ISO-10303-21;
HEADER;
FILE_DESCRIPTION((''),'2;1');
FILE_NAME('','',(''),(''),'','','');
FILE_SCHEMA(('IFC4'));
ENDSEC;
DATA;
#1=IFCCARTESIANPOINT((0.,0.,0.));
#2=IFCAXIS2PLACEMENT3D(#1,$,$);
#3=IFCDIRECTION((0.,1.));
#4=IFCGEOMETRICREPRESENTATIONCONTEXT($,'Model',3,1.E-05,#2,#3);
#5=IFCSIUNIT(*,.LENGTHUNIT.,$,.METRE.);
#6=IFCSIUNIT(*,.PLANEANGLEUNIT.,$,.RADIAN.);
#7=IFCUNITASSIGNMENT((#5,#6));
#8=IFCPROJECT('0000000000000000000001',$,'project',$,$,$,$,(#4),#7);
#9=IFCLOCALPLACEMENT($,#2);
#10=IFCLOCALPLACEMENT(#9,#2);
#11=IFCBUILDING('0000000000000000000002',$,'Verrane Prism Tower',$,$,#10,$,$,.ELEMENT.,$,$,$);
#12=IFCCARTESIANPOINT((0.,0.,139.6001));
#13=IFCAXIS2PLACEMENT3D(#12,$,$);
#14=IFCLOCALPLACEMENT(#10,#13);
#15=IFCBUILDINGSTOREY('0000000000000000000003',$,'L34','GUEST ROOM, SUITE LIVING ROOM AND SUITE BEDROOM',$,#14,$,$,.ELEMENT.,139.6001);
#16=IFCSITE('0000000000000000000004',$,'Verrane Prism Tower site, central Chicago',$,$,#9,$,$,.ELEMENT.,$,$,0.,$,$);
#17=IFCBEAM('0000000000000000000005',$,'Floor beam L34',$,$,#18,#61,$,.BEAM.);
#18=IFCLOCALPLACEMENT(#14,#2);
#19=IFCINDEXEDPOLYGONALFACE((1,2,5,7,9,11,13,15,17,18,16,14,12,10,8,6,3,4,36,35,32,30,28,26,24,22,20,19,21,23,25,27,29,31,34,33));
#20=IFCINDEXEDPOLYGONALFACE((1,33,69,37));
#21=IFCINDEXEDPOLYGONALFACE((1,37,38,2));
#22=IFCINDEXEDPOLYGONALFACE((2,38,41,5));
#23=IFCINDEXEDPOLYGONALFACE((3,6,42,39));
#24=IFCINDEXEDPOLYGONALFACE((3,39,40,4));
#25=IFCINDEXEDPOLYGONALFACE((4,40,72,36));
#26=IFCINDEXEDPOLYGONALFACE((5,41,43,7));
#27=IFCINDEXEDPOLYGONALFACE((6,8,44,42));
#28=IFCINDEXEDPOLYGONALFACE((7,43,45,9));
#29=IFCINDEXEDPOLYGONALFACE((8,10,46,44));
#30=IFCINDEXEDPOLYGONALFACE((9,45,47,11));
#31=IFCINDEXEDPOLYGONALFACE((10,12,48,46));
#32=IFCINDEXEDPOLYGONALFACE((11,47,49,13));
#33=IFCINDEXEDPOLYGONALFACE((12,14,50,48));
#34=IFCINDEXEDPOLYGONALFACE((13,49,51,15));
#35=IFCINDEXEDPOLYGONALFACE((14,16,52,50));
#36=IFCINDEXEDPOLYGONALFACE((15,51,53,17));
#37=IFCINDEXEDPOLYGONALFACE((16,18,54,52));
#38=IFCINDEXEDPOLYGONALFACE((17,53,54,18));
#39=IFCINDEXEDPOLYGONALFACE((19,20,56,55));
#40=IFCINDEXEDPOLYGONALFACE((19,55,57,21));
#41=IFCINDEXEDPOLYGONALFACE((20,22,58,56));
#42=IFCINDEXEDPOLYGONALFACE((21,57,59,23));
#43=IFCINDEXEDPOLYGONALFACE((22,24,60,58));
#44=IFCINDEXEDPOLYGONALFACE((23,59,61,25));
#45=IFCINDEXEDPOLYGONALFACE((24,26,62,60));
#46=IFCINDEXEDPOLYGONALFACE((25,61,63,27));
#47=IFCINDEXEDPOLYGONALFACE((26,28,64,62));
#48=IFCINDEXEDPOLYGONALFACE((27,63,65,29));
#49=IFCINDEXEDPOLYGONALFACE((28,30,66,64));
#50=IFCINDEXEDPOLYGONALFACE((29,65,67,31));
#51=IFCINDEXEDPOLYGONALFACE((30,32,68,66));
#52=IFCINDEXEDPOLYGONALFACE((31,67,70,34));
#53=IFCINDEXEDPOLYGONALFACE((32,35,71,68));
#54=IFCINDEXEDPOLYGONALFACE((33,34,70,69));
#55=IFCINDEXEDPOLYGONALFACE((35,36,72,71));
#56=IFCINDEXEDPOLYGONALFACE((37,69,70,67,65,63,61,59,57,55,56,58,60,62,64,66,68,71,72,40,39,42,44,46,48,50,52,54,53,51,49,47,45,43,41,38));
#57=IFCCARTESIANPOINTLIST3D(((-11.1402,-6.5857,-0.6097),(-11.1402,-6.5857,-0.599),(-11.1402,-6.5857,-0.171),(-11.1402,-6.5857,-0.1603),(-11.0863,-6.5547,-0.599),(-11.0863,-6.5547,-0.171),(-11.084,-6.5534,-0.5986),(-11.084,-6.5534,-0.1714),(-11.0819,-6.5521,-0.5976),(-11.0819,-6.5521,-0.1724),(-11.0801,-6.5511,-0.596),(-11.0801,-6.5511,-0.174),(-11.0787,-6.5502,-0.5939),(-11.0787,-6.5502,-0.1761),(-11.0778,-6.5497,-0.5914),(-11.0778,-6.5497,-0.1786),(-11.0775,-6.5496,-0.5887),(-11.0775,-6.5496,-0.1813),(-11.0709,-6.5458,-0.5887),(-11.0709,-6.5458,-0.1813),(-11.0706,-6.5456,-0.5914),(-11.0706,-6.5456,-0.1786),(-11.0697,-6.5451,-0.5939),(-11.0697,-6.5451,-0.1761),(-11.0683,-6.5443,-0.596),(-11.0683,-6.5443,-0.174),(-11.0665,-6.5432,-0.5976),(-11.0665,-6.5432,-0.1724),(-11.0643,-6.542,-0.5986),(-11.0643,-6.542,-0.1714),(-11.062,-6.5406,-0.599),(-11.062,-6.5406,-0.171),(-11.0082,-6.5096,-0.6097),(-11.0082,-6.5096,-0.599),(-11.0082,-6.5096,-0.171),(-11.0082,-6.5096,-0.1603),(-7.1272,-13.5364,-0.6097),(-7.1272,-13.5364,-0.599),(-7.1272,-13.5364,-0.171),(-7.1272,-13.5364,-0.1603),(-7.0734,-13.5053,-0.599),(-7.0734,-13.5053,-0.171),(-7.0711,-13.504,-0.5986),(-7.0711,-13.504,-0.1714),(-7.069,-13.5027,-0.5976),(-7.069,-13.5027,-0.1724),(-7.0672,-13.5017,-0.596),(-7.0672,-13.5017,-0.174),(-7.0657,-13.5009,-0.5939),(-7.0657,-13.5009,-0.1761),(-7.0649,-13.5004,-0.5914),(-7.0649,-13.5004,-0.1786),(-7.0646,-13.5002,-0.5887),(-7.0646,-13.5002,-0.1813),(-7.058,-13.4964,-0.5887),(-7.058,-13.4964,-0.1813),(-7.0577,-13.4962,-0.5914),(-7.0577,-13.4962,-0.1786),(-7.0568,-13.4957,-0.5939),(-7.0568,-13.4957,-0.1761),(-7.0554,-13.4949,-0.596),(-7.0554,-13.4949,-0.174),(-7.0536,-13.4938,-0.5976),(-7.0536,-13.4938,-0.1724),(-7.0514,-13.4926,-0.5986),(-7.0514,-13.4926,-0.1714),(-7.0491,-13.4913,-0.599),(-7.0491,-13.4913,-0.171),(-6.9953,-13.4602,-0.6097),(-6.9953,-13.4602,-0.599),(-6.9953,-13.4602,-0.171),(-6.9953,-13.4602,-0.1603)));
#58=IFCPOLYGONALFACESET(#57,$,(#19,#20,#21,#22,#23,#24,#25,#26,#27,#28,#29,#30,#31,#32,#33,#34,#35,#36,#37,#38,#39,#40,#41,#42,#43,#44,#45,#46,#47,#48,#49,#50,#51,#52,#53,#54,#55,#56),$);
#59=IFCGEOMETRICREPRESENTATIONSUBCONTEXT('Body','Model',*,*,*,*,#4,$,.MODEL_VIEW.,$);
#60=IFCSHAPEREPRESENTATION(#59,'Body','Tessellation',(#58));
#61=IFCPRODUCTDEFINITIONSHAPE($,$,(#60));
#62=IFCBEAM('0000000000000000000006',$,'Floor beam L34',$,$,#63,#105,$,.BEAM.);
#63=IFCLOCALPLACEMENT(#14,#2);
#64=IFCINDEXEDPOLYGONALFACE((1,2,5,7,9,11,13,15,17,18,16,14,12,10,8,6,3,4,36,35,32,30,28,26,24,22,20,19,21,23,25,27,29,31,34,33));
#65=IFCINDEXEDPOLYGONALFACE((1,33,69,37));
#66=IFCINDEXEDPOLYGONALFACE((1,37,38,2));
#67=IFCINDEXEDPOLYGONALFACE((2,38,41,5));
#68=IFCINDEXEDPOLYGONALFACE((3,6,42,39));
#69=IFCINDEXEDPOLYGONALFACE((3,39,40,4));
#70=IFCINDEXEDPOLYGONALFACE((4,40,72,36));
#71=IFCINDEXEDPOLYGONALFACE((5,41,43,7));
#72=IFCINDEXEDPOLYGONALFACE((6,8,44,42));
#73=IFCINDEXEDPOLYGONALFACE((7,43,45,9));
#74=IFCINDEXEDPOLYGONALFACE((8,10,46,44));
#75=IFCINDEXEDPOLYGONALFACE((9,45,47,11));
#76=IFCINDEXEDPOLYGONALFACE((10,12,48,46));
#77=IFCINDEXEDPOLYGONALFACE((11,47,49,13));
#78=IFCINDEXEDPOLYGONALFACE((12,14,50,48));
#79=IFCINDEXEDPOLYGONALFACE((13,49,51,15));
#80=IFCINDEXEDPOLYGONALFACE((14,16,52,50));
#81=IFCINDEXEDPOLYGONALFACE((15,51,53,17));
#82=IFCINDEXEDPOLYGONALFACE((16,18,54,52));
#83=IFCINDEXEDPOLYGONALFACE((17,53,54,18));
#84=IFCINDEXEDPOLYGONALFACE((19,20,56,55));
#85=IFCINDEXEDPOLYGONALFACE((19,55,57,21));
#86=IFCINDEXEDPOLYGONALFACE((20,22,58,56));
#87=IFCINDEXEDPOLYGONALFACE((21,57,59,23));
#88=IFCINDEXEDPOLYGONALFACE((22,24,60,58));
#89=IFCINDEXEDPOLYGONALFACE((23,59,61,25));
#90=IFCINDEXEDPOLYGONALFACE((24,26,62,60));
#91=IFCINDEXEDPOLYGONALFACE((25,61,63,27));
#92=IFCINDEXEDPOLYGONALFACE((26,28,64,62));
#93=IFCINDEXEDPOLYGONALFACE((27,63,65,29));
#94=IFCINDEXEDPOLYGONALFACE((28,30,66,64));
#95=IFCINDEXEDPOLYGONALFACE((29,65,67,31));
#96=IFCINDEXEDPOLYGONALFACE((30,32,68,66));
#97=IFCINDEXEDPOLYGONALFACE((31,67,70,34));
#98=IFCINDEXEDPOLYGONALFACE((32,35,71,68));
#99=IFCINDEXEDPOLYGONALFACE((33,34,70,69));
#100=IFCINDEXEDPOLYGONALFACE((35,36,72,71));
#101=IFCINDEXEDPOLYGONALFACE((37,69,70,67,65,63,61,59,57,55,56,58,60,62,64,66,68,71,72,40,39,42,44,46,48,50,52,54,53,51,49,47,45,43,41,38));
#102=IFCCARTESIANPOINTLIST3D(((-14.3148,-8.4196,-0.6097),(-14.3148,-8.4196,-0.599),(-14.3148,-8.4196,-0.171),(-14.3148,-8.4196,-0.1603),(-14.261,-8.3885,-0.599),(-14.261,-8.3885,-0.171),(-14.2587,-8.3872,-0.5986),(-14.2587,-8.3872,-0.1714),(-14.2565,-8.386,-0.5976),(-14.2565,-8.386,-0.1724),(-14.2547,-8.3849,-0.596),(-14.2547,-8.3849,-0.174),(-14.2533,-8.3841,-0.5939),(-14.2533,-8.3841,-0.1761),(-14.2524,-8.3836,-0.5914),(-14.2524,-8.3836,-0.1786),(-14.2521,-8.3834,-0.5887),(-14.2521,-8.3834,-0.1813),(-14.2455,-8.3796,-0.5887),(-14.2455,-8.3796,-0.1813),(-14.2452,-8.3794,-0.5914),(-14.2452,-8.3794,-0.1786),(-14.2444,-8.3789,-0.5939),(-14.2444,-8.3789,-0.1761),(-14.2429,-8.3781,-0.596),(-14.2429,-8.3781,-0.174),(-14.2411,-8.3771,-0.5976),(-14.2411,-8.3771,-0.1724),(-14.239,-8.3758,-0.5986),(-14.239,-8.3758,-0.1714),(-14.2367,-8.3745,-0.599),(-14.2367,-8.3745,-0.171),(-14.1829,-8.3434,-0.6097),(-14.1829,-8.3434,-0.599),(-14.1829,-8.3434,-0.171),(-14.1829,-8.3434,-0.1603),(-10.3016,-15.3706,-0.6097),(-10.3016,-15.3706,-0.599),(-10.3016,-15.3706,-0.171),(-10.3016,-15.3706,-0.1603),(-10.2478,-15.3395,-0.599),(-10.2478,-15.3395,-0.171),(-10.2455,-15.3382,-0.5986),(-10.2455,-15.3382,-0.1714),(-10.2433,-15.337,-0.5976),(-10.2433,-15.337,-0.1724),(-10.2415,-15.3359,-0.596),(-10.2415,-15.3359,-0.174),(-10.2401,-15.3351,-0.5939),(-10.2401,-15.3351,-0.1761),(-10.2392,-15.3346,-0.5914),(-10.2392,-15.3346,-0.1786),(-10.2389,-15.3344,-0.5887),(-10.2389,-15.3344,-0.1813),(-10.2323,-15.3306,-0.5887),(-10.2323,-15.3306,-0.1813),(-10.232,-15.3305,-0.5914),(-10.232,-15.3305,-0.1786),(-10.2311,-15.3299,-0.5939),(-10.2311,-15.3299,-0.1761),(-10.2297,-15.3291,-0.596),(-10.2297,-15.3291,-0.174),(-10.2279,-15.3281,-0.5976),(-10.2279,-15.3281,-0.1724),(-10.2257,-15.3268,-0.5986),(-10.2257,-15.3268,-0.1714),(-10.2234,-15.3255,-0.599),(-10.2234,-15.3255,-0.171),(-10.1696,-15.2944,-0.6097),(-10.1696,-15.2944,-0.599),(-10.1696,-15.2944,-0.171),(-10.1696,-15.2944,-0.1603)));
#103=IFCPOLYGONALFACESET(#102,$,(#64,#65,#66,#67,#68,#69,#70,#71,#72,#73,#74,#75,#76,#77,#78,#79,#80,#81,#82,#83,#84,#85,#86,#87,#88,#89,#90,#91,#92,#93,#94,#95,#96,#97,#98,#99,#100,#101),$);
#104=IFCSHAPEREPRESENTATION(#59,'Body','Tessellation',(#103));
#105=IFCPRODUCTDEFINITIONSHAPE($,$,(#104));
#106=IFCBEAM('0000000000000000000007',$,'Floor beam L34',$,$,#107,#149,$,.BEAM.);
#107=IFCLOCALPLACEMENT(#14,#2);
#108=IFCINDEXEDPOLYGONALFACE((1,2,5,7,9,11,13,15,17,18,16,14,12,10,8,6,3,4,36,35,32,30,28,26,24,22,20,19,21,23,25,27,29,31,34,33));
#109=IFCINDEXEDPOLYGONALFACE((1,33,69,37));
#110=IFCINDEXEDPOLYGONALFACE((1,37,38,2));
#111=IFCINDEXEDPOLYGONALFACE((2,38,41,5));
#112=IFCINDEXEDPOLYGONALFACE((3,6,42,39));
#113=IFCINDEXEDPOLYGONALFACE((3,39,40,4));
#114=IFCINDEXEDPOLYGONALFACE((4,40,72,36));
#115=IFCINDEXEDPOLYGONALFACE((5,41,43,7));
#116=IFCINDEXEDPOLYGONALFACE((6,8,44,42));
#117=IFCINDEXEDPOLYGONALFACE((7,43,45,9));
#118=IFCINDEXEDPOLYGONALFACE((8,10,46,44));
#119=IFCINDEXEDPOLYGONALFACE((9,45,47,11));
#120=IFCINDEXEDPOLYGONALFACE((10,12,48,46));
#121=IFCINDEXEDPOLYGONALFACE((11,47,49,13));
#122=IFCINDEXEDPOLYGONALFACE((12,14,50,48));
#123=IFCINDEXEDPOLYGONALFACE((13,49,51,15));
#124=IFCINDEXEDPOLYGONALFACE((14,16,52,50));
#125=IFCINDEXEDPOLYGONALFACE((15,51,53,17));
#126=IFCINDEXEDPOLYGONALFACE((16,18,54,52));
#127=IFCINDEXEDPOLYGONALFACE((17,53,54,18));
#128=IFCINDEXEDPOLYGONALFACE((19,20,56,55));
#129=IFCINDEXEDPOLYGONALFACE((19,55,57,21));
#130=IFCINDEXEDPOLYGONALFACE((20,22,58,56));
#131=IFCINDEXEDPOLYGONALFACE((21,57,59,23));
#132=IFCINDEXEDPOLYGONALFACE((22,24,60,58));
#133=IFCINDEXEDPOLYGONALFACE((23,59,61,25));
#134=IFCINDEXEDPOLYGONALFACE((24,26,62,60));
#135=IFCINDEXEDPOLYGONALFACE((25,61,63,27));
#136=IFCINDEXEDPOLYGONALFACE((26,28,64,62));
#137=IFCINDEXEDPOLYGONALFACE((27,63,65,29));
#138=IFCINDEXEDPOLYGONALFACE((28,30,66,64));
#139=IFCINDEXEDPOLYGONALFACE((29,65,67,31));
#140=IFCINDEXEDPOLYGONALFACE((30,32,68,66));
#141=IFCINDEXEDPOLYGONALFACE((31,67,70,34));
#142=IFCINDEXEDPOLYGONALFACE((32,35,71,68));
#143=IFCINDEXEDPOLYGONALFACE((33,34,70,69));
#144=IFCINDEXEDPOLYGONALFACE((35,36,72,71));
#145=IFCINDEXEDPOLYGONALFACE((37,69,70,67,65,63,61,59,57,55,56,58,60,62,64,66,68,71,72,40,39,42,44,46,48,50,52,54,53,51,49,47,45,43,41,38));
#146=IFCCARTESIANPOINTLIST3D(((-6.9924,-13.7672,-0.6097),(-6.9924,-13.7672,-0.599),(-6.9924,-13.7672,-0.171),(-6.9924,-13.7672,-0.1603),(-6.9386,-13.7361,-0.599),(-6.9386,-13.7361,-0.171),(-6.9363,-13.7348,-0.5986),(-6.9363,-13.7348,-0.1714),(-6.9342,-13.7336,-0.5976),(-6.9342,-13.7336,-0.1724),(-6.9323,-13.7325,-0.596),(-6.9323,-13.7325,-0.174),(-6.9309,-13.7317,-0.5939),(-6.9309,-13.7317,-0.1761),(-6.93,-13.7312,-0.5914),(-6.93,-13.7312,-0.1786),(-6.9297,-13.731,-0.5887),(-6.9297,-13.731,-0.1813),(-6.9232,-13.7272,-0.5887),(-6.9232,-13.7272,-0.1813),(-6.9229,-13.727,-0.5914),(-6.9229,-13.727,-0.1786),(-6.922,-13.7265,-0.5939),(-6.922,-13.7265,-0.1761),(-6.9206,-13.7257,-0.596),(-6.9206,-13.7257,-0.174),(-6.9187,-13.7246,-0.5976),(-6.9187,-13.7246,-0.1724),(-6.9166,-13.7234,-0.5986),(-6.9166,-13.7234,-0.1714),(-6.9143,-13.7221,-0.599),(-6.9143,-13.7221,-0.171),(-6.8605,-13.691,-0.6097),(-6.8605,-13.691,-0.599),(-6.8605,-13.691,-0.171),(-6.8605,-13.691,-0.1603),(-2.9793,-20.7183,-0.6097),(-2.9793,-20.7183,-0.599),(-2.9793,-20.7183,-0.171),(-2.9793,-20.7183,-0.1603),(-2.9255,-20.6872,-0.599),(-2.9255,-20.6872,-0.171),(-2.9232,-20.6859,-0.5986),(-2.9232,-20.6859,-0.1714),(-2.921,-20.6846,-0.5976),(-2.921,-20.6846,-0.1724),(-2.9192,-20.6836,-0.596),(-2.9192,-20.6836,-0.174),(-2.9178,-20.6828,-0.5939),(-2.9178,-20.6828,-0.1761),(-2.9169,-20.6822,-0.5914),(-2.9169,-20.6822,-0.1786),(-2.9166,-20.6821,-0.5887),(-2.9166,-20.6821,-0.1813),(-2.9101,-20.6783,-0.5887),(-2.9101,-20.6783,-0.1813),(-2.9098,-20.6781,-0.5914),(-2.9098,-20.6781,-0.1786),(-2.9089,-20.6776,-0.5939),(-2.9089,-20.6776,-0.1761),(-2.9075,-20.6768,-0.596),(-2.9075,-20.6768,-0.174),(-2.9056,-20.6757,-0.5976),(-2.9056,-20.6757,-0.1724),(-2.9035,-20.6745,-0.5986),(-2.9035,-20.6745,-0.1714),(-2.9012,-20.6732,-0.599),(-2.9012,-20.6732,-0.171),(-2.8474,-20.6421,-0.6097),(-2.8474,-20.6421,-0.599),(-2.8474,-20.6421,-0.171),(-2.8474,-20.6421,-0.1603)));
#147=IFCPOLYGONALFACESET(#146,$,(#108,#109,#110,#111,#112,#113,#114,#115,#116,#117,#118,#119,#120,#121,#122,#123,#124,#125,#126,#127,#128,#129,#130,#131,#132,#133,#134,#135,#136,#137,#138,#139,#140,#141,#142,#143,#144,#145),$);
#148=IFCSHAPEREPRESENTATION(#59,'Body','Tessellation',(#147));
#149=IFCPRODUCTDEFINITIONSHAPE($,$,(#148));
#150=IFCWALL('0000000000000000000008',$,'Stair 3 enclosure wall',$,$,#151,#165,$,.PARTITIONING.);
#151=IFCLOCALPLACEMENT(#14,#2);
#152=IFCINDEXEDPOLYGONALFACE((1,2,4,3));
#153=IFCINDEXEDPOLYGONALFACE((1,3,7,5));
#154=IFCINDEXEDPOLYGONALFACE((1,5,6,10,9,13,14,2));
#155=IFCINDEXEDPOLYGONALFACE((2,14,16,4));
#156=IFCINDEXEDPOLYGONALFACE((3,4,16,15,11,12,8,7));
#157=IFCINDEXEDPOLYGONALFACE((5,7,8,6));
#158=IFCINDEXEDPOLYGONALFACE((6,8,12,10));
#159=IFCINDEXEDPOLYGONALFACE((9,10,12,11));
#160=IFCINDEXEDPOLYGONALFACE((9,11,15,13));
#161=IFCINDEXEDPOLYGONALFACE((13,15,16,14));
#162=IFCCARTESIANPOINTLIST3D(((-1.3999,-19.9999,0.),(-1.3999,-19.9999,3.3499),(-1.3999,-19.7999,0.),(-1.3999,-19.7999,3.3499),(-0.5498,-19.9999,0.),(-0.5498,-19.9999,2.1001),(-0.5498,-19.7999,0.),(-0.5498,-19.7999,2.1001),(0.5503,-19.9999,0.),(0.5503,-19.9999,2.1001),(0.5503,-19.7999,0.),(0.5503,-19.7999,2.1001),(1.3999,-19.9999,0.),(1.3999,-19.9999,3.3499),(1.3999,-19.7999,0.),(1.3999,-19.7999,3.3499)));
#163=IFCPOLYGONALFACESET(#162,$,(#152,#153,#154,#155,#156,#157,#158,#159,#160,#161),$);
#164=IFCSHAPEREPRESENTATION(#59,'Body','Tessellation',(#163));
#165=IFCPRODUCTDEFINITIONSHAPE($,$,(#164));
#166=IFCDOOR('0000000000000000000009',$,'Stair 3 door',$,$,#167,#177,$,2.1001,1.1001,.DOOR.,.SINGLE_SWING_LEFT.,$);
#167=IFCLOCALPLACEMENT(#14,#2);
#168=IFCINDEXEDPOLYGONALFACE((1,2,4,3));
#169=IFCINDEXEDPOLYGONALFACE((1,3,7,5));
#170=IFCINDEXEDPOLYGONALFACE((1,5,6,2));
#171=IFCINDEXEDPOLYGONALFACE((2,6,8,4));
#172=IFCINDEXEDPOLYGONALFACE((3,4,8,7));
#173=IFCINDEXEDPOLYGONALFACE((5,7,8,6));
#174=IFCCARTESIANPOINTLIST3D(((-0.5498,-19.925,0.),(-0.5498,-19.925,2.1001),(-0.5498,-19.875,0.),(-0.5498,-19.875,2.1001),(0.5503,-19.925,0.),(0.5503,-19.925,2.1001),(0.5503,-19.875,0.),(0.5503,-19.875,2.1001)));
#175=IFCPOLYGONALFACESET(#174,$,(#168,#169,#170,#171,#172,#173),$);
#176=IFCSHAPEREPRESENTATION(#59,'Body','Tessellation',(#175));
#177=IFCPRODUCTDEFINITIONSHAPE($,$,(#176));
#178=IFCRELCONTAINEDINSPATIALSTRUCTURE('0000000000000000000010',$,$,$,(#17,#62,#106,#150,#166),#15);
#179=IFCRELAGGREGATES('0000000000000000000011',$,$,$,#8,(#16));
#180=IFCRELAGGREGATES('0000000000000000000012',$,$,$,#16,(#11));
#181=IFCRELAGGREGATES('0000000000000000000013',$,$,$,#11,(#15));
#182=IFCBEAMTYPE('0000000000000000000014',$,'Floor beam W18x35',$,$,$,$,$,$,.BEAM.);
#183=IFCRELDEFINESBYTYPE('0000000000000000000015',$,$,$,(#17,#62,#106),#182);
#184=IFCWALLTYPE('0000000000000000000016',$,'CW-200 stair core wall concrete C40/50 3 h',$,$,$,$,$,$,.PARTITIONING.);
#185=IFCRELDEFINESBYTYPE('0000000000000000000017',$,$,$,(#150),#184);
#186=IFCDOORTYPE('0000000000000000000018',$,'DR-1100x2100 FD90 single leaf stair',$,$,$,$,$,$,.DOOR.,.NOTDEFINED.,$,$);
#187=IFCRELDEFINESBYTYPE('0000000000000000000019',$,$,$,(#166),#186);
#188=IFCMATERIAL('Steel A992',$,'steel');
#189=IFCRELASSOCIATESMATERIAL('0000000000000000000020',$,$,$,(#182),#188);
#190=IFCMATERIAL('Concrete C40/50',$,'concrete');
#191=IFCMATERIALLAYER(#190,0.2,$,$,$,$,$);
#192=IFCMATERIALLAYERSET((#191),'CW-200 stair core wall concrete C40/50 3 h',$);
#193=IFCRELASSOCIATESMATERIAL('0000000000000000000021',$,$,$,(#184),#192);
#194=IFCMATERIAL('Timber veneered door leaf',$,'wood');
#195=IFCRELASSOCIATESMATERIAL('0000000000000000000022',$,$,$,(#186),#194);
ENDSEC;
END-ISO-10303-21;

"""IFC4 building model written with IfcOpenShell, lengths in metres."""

from ifc_helpers import new_model, si_unit, direction, frame, frame_2d, origin, origin_2d, place, context, subcontext, project, spatial, rectangle, i_section, extrude, material, layer, layer_set, material_profile, profile_set, type_object, element, fill, save


model = new_model("IFC4")

# Units and contexts
model_context = context("Model", 3, precision=1e-05, world=origin(), true_north=direction((0.0, 1.0)))
body_context = subcontext(model_context, "Body", "Model", "MODEL_VIEW")
ifc_project = project(units=[si_unit("LENGTHUNIT", "METRE"), si_unit("PLANEANGLEUNIT", "RADIAN")], contexts=[model_context])

# Site, building, storey
site_placement = place(None, origin())
site = spatial("IfcSite", under=ifc_project, at=site_placement, Name="Verrane Prism Tower site, central Chicago", CompositionType="ELEMENT", RefElevation=0.0)
building_placement = place(site_placement, origin())
building = spatial("IfcBuilding", under=site, at=building_placement, Name="Verrane Prism Tower", CompositionType="ELEMENT")
storey_placement = place(building_placement, frame((0.0, 0.0, 139.6001)))
storey = spatial("IfcBuildingStorey", under=building, at=storey_placement, Name="L34", Description="GUEST ROOM, SUITE LIVING ROOM AND SUITE BEDROOM", CompositionType="ELEMENT", Elevation=139.6001)

# Beams
ifc_material_1 = material(Name="Steel A992", Category="steel")
ifc_material_profile_1 = material_profile(ifc_material_1, i_section(OverallWidth=0.1523, OverallDepth=0.4495, WebThickness=0.0076, FlangeThickness=0.0107, FilletRadius=0.0103, at=origin_2d()), Name="W18x35")
ifc_profile_set_1 = profile_set([ifc_material_profile_1], Name="Steel A992")
beam_type_1 = type_object("IfcBeamType", Name="Floor beam W18x35", PredefinedType="BEAM", material=ifc_profile_set_1)
beam_1_placement = place(storey_placement, frame((-7.0613, -13.4983, -0.385), z_axis=(-0.499996, 0.866028, 0.0), x_axis=(-0.866028, -0.499996, 0.0)))
element("IfcBeam", 1, at=beam_1_placement, inside=storey, type_object=beam_type_1, Name="Floor beam L34", PredefinedType="BEAM", context=body_context, shape_type="SweptSolid", body=[
    extrude(i_section(OverallWidth=0.1523, OverallDepth=0.4495, WebThickness=0.0076, FlangeThickness=0.0107, FilletRadius=0.0103, at=origin_2d()), origin(), (0.0, 0.0, 1.0), 8.0259),
])
for number, where, z_axis, x_axis, name in (
    (2, (-10.2356, -15.3325, -0.385), (-0.500006, 0.866022, 0.0), (-0.866022, -0.500006, 0.0), "Floor beam L34"),
    (3, (-2.9133, -20.6802, -0.385), (-0.499993, 0.86603, 0.0), (-0.86603, -0.499993, 0.0), "Floor beam L34"),
):
    element("IfcBeam", number, at=place(storey_placement, frame(where, z_axis=z_axis, x_axis=x_axis)), inside=storey, type_object=beam_type_1, Name=name, PredefinedType="BEAM", context=body_context, shape_type="SweptSolid", body=[
        extrude(i_section(OverallWidth=0.1523, OverallDepth=0.4495, WebThickness=0.0076, FlangeThickness=0.0107, FilletRadius=0.0103, at=origin_2d()), origin(), (0.0, 0.0, 1.0), 8.0264),
    ])

# Wall, opening, door
ifc_material_2 = material(Name="Concrete C40/50", Category="concrete")
ifc_layer_1 = layer(ifc_material_2, 0.2)
ifc_layer_set_1 = layer_set([ifc_layer_1], Name="CW-200 stair core wall concrete C40/50 3 h")
wall_type_1 = type_object("IfcWallType", Name="CW-200 stair core wall concrete C40/50 3 h", PredefinedType="PARTITIONING", material=ifc_layer_set_1)
wall_1_placement = place(storey_placement, frame((-1.3999, -19.8999, 0.0), z_axis=(0.0, 0.0, 1.0), x_axis=(1.0, 0.0, 0.0)))
wall_1 = element("IfcWall", 4, at=wall_1_placement, inside=storey, type_object=wall_type_1, Name="Stair 3 enclosure wall", PredefinedType="PARTITIONING", context=body_context, shape_type="SweptSolid", body=[
    extrude(rectangle(XDim=2.7998, YDim=0.2, at=frame_2d((1.3999, 0.0))), origin(), (0.0, 0.0, 1.0), 3.3499),
])
opening_1_placement = place(wall_1_placement, frame((0.8501, 0.0, 0.0)))
opening_1 = element("IfcOpeningElement", 5, at=opening_1_placement, cuts=wall_1, PredefinedType="OPENING", context=body_context, shape_type="SweptSolid", body=[
    extrude(rectangle(XDim=1.1001, YDim=2.1001, at=frame_2d((0.55, 1.05))), frame((0.0, 0.1099, 0.0), z_axis=(0.0, -1.0, 0.0), x_axis=(1.0, 0.0, 0.0)), (0.0, 0.0, 1.0), 0.22),
])
ifc_material_3 = material(Name="Timber veneered door leaf", Category="wood")
door_type_1 = type_object("IfcDoorType", Name="DR-1100x2100 FD90 single leaf stair", OperationType="NOTDEFINED", PredefinedType="DOOR", material=ifc_material_3)
door_1_placement = place(opening_1_placement, origin())
door_1 = element("IfcDoor", 6, at=door_1_placement, inside=storey, type_object=door_type_1, Name="Stair 3 door", OperationType="SINGLE_SWING_LEFT", OverallHeight=2.1001, OverallWidth=1.1001, PredefinedType="DOOR", context=body_context, shape_type="SweptSolid", body=[
    extrude(rectangle(XDim=1.1001, YDim=2.1001, at=frame_2d((0.55, 1.05))), frame((0.0, 0.0249, 0.0), z_axis=(0.0, -1.0, 0.0), x_axis=(1.0, 0.0, 0.0)), (0.0, 0.0, 1.0), 0.05),
])
fill(opening_1, door_1)

save(model, "model.ifc")
